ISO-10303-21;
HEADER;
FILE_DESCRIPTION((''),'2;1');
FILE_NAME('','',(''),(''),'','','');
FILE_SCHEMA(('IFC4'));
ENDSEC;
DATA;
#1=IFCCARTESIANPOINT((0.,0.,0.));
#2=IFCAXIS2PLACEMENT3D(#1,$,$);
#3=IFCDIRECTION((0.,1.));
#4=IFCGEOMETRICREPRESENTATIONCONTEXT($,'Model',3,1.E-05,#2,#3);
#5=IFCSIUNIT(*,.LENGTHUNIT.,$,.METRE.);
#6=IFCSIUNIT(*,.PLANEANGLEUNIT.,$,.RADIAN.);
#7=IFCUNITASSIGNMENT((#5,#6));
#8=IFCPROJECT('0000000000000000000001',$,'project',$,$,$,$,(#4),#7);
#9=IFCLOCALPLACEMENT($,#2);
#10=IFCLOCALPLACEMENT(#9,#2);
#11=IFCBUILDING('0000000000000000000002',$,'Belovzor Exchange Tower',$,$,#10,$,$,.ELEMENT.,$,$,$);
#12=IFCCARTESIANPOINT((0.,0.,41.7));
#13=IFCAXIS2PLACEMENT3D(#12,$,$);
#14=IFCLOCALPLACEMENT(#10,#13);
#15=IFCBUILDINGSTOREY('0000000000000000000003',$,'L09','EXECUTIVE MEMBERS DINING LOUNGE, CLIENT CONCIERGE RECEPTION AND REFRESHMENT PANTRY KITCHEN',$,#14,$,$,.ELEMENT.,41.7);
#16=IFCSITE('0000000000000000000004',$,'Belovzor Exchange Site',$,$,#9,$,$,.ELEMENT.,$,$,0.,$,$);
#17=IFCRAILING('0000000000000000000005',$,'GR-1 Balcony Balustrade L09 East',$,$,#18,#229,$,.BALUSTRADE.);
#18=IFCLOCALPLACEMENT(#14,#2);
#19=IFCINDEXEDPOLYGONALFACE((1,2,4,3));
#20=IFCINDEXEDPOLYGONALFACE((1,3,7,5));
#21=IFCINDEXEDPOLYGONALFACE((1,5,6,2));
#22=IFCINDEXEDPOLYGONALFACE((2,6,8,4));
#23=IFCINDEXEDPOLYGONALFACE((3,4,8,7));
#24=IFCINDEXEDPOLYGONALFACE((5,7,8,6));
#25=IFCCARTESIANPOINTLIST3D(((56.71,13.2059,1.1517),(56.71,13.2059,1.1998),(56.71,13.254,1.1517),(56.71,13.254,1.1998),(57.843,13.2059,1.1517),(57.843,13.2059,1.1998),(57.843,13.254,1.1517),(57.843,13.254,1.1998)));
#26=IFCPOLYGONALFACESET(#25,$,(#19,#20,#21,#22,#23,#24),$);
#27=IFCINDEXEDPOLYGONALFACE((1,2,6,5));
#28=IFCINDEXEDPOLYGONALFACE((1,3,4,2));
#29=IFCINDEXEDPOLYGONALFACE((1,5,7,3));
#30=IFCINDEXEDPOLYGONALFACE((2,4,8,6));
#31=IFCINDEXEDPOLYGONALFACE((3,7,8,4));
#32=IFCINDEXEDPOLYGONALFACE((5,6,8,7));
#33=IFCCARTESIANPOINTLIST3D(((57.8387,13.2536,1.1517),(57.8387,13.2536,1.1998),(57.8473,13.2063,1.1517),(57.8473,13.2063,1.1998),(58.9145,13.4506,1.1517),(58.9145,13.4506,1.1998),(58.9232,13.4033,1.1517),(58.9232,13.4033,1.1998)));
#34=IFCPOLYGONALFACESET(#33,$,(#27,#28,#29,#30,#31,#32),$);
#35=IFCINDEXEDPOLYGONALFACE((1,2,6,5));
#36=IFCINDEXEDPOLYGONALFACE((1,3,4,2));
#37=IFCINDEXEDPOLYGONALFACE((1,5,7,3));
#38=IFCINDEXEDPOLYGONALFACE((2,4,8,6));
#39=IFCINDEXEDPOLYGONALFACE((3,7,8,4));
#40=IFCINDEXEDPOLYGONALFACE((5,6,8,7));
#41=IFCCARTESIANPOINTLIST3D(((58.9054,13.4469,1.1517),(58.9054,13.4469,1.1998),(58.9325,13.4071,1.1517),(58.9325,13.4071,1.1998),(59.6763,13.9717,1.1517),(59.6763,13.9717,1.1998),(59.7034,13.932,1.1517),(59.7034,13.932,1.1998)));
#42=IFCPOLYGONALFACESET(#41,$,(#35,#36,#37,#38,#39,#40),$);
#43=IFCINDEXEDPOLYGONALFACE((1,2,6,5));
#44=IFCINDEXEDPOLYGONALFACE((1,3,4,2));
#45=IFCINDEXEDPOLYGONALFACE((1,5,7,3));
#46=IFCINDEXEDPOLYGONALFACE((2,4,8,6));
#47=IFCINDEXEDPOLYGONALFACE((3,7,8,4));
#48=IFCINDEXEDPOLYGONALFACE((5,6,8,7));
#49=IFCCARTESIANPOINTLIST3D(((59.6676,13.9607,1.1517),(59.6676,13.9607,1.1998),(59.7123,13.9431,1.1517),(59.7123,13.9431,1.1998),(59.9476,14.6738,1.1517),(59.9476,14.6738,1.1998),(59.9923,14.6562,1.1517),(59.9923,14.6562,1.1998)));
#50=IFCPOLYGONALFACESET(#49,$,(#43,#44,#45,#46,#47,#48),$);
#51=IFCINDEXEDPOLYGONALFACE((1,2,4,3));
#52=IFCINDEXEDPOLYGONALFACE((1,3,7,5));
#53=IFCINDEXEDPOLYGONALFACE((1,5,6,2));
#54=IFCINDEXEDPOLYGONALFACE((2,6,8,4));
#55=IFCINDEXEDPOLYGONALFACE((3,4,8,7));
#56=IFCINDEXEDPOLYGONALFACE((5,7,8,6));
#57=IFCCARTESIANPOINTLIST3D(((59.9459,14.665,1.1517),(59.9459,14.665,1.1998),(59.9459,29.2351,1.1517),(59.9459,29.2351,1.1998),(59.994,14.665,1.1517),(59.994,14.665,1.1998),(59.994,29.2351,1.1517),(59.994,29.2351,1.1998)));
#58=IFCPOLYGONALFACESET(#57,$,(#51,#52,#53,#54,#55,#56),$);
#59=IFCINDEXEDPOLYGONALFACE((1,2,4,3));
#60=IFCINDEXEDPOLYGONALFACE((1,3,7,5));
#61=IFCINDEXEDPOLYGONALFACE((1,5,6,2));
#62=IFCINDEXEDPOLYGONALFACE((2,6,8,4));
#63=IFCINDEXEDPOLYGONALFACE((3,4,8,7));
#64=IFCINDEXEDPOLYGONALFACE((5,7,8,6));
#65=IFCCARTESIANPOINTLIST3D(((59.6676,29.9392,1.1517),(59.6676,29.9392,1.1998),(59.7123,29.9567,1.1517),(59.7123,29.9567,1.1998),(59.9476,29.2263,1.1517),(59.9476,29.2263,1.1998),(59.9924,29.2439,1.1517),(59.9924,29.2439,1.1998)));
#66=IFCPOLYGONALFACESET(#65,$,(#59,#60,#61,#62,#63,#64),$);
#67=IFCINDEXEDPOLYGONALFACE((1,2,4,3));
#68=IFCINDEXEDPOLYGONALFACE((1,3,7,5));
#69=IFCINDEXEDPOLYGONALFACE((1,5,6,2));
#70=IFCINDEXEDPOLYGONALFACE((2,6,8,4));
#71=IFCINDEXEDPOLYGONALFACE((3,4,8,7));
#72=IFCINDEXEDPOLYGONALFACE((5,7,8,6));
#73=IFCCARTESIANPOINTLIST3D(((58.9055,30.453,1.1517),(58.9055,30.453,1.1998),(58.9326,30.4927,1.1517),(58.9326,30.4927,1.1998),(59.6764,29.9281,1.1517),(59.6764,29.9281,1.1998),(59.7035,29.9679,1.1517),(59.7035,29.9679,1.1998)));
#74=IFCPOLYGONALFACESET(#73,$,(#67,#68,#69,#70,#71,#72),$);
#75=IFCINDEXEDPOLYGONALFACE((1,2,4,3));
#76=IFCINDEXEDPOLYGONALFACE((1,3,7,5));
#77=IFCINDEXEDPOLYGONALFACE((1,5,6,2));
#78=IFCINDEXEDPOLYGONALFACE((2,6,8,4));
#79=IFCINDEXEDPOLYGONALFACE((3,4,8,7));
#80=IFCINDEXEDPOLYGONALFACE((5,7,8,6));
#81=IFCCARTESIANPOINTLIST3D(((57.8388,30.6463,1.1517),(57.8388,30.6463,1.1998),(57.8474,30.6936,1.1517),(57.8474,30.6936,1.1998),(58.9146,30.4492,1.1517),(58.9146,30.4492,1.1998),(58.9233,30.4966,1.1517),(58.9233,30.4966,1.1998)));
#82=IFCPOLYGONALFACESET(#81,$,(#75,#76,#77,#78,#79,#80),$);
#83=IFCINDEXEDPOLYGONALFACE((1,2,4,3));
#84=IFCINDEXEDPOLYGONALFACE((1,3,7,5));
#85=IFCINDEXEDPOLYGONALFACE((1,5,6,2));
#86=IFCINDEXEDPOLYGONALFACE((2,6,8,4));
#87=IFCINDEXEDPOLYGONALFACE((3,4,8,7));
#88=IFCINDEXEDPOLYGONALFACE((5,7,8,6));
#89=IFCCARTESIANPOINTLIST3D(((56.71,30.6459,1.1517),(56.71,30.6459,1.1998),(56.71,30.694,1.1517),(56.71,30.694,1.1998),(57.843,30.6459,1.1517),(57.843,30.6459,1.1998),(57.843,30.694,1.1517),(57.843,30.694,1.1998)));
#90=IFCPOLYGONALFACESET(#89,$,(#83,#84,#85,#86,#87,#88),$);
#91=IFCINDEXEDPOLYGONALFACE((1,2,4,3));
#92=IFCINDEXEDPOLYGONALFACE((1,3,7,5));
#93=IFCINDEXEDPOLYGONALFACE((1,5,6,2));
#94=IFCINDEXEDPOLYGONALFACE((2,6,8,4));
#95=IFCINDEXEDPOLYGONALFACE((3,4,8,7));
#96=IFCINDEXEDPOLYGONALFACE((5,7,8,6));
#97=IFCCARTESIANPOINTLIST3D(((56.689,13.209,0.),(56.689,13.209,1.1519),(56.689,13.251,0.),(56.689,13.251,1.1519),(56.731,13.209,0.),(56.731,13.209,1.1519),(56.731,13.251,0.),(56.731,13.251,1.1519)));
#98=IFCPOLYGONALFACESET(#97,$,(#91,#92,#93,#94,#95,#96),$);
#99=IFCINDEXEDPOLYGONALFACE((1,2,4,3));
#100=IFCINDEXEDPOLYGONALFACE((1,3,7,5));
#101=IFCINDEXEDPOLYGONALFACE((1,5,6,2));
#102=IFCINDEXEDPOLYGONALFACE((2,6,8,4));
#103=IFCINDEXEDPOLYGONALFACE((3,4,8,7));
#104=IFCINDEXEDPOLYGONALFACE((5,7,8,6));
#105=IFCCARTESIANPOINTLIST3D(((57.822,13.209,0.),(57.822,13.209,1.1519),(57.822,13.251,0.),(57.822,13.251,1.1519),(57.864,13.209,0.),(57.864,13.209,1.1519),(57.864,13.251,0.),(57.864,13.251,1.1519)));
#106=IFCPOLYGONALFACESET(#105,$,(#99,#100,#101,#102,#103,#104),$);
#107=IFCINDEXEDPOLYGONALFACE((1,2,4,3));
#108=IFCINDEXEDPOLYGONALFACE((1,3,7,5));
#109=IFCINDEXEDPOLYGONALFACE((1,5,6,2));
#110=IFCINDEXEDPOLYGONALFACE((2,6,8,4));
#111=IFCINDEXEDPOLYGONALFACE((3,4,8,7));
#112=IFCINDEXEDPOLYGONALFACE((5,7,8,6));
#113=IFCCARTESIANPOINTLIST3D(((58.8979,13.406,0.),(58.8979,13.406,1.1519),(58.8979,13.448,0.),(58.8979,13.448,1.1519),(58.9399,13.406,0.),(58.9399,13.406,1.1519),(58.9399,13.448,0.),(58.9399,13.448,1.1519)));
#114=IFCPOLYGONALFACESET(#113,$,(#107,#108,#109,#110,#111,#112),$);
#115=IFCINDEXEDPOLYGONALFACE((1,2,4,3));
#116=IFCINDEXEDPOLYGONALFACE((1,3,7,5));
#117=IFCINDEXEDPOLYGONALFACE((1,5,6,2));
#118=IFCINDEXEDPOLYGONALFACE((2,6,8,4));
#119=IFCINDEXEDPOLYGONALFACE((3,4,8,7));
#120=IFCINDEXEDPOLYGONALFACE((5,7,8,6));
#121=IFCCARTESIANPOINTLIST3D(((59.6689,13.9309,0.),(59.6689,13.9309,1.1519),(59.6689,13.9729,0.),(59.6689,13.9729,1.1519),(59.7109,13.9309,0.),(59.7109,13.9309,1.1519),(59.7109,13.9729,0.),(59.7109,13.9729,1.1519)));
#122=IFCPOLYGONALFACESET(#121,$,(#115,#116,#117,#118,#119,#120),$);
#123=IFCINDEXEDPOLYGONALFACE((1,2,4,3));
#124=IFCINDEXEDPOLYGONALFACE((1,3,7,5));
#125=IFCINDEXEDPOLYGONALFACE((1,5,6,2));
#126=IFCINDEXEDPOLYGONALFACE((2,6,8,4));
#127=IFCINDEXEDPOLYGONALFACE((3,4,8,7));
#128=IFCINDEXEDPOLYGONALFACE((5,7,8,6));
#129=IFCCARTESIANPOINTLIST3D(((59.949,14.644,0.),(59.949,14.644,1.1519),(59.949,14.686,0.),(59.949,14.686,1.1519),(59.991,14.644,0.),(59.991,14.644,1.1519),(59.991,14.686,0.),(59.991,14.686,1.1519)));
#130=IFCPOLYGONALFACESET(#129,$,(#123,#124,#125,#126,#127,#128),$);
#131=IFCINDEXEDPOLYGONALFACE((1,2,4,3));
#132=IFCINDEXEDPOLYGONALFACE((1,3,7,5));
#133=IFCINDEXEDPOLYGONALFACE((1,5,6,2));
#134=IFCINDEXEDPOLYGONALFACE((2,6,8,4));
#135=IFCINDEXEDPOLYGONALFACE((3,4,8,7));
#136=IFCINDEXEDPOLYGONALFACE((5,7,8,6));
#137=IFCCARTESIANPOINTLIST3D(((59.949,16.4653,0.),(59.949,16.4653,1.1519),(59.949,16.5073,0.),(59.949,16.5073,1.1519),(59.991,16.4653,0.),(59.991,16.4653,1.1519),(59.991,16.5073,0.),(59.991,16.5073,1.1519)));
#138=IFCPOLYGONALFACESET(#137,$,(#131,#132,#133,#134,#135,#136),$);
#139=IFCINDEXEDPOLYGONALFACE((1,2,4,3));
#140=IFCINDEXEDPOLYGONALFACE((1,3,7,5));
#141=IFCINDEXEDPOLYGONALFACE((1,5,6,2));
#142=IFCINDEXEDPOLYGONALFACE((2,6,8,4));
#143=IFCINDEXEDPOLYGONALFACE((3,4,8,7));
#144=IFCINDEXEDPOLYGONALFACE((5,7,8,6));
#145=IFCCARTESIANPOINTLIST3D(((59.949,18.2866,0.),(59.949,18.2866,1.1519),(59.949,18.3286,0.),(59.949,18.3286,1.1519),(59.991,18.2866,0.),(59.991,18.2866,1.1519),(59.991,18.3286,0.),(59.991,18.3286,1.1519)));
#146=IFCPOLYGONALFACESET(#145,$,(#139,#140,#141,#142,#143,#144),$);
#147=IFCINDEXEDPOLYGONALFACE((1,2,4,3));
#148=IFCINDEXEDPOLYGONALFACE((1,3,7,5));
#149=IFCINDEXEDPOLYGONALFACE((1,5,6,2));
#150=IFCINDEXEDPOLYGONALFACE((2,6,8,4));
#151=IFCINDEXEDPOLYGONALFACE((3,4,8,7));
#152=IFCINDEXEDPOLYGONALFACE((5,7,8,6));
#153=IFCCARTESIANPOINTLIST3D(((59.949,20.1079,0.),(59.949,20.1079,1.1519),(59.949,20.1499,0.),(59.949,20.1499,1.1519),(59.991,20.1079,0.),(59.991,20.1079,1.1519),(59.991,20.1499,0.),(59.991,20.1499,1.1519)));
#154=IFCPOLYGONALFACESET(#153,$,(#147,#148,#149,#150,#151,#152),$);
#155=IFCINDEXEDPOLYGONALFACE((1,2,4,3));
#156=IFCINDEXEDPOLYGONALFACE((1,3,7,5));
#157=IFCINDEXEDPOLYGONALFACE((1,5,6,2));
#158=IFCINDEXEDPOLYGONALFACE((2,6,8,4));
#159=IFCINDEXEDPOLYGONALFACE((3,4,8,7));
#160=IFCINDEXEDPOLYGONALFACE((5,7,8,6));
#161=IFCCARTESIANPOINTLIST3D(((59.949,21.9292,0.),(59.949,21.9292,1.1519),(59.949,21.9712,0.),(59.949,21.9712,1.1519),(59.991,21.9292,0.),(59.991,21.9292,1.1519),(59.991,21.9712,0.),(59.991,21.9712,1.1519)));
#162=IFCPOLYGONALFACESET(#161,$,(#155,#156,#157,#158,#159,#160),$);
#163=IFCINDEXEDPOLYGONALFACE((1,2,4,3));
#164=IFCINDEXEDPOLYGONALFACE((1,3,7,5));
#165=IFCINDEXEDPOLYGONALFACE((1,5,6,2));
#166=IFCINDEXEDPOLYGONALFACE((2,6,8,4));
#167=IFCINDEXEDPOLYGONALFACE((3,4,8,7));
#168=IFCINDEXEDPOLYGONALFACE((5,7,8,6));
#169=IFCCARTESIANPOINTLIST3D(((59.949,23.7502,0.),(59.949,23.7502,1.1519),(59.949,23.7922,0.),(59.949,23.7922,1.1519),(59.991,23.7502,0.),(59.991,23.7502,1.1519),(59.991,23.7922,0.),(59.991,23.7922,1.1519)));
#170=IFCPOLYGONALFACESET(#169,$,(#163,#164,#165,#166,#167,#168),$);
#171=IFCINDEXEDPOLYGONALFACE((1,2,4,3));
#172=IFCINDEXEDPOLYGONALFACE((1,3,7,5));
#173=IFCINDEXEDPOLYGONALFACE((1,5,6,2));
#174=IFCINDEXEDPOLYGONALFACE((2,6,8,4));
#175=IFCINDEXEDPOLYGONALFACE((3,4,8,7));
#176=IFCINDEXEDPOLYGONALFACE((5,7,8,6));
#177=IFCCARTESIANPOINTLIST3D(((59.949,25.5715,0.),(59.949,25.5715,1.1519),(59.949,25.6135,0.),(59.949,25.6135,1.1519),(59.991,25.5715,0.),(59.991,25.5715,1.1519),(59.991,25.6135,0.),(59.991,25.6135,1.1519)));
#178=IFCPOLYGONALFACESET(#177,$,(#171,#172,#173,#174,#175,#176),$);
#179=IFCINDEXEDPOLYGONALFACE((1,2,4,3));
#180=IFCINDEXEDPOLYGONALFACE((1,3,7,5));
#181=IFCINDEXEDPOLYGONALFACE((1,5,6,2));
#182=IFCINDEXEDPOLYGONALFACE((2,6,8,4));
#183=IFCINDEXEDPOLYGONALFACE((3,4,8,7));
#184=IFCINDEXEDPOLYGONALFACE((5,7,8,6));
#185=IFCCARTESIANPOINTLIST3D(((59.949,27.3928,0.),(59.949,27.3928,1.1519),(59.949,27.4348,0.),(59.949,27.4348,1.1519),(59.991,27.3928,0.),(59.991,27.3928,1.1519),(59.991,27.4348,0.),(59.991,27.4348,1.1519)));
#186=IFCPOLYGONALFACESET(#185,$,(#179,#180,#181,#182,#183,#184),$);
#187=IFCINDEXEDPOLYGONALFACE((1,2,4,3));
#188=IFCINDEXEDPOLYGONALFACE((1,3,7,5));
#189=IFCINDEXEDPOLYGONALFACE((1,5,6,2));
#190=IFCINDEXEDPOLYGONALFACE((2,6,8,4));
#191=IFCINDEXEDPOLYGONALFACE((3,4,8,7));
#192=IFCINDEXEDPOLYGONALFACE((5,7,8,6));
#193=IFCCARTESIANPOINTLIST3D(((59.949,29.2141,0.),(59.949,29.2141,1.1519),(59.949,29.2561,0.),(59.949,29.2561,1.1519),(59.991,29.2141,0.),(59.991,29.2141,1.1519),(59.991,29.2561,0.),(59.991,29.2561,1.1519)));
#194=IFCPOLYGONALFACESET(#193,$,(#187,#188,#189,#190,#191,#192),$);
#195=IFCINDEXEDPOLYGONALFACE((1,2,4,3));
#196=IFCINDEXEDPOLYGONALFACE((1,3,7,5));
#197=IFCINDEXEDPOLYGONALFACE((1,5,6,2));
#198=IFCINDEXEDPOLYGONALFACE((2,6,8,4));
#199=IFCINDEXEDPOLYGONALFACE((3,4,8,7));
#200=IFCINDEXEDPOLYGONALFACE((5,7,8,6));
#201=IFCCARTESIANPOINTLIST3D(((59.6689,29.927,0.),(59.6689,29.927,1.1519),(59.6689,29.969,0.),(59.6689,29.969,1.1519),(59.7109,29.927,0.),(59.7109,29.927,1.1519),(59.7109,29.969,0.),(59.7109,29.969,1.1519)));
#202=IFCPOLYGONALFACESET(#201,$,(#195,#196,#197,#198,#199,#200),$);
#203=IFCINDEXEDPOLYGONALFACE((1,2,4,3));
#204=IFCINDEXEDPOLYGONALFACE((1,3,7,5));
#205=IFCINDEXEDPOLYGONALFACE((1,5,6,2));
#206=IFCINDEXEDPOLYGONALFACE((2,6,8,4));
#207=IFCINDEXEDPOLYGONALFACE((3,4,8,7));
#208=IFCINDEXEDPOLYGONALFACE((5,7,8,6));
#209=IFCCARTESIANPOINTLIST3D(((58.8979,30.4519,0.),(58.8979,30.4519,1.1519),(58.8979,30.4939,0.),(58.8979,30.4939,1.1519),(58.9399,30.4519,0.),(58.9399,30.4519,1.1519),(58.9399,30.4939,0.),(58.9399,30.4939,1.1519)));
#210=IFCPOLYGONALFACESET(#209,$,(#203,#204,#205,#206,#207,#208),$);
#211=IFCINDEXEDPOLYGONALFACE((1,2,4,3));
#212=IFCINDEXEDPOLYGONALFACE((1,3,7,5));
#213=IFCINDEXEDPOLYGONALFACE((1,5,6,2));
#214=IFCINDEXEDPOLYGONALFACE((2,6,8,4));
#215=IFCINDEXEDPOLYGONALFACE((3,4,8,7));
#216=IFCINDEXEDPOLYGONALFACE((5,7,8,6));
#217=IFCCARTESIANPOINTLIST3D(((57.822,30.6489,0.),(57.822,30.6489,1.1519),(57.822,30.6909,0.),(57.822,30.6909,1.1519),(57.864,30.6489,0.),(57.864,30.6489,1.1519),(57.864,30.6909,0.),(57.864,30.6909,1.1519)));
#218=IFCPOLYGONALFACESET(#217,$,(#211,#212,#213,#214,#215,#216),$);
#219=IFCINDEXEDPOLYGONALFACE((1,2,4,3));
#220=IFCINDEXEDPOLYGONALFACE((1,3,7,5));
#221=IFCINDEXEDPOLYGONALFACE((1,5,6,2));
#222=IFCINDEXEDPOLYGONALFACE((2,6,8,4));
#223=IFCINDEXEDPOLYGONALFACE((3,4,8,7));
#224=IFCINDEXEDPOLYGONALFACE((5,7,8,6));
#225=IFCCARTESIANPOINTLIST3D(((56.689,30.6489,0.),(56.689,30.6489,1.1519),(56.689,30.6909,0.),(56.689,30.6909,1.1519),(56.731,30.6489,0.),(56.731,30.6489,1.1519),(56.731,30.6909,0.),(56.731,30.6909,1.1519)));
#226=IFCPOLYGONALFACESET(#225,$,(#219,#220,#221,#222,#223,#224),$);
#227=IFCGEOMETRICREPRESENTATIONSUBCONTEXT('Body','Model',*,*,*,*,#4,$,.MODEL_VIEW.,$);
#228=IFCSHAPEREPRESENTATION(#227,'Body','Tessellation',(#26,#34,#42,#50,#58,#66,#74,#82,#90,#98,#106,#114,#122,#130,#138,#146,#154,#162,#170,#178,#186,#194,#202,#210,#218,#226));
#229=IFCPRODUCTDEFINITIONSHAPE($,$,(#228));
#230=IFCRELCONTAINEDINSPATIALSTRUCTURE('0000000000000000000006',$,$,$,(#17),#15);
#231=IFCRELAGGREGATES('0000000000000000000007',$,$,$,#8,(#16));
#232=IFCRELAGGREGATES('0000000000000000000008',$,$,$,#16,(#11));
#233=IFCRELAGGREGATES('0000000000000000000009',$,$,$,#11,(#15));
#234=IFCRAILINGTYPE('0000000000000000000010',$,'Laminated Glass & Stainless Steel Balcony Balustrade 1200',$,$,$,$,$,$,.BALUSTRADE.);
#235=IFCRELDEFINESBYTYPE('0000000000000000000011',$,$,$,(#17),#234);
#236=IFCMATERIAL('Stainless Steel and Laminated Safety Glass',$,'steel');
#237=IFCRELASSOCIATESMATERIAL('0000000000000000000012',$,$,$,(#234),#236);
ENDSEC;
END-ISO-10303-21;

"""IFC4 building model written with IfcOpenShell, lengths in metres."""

from ifc_helpers import new_model, si_unit, direction, frame, origin, origin_2d, place, context, subcontext, project, spatial, rectangle, extrude, material, type_object, element, save


model = new_model("IFC4")

# Units and contexts
model_context = context("Model", 3, precision=1e-05, world=origin(), true_north=direction((0.0, 1.0)))
body_context = subcontext(model_context, "Body", "Model", "MODEL_VIEW")
ifc_project = project(units=[si_unit("LENGTHUNIT", "METRE"), si_unit("PLANEANGLEUNIT", "RADIAN")], contexts=[model_context])

# Site, building, storey
site_placement = place(None, origin())
site = spatial("IfcSite", under=ifc_project, at=site_placement, Name="Belovzor Exchange Site", CompositionType="ELEMENT", RefElevation=0.0)
building_placement = place(site_placement, origin())
building = spatial("IfcBuilding", under=site, at=building_placement, Name="Belovzor Exchange Tower", CompositionType="ELEMENT")
storey_placement = place(building_placement, frame((0.0, 0.0, 41.7)))
storey = spatial("IfcBuildingStorey", under=building, at=storey_placement, Name="L09", Description="EXECUTIVE MEMBERS DINING LOUNGE, CLIENT CONCIERGE RECEPTION AND REFRESHMENT PANTRY KITCHEN", CompositionType="ELEMENT", Elevation=41.7)

# Railing
ifc_material_1 = material(Name="Stainless Steel and Laminated Safety Glass", Category="steel")
railing_type = type_object("IfcRailingType", Name="Laminated Glass & Stainless Steel Balcony Balustrade 1200", PredefinedType="BALUSTRADE", material=ifc_material_1)
railing_placement = place(storey_placement, frame((56.71, 13.23, 0.0)))
element("IfcRailing", 1, at=railing_placement, inside=storey, type_object=railing_type, Name="GR-1 Balcony Balustrade L09 East", PredefinedType="BALUSTRADE", context=body_context, shape_type="SweptSolid", body=[
    extrude(rectangle(XDim=0.0481, YDim=0.0481, at=origin_2d()), frame((0.0, 0.0, 1.1758), z_axis=(1.0, 0.0, 0.0), x_axis=(0.0, 1.0, 0.0)), (0.0, 0.0, 1.0), 1.1331),
    extrude(rectangle(XDim=0.0481, YDim=0.0481, at=origin_2d()), frame((1.1331, 0.0, 1.1758), z_axis=(0.983644, 0.180123, 0.0), x_axis=(-0.180123, 0.983644, 0.0)), (0.0, 0.0, 1.0), 1.0938),
    extrude(rectangle(XDim=0.0481, YDim=0.0481, at=origin_2d()), frame((2.209, 0.197, 1.1758), z_axis=(0.826615, 0.562768, 0.0), x_axis=(-0.562768, 0.826615, 0.0)), (0.0, 0.0, 1.0), 0.9326),
    extrude(rectangle(XDim=0.0481, YDim=0.0481, at=origin_2d()), frame((2.98, 0.7219, 1.1758), z_axis=(0.365504, 0.93081, 0.0), x_axis=(-0.93081, 0.365504, 0.0)), (0.0, 0.0, 1.0), 0.7661),
    extrude(rectangle(XDim=0.0481, YDim=0.0481, at=origin_2d()), frame((3.26, 1.4351, 1.1758), z_axis=(0.0, 1.0, 0.0), x_axis=(-1.0, 0.0, 0.0)), (0.0, 0.0, 1.0), 14.5701),
    extrude(rectangle(XDim=0.0481, YDim=0.0481, at=origin_2d()), frame((3.26, 16.0051, 1.1758), z_axis=(-0.365613, 0.930767, 0.0), x_axis=(-0.930767, -0.365613, 0.0)), (0.0, 0.0, 1.0), 0.7659),
    extrude(rectangle(XDim=0.0481, YDim=0.0481, at=origin_2d()), frame((2.98, 16.718, 1.1758), z_axis=(-0.826615, 0.562768, 0.0), x_axis=(-0.562768, -0.826615, 0.0)), (0.0, 0.0, 1.0), 0.9326),
    extrude(rectangle(XDim=0.0481, YDim=0.0481, at=origin_2d()), frame((2.209, 17.2429, 1.1758), z_axis=(-0.983644, 0.180123, 0.0), x_axis=(-0.180123, -0.983644, 0.0)), (0.0, 0.0, 1.0), 1.0938),
    extrude(rectangle(XDim=0.0481, YDim=0.0481, at=origin_2d()), frame((1.1331, 17.4399, 1.1758), z_axis=(-1.0, 0.0, 0.0), x_axis=(0.0, -1.0, 0.0)), (0.0, 0.0, 1.0), 1.1331),
    extrude(rectangle(XDim=0.042, YDim=0.042, at=origin_2d()), origin(), (0.0, 0.0, 1.0), 1.1519),
    extrude(rectangle(XDim=0.042, YDim=0.042, at=origin_2d()), frame((1.1331, 0.0, 0.0)), (0.0, 0.0, 1.0), 1.1519),
    extrude(rectangle(XDim=0.042, YDim=0.042, at=origin_2d()), frame((2.209, 0.197, 0.0)), (0.0, 0.0, 1.0), 1.1519),
    extrude(rectangle(XDim=0.042, YDim=0.042, at=origin_2d()), frame((2.98, 0.7219, 0.0)), (0.0, 0.0, 1.0), 1.1519),
    extrude(rectangle(XDim=0.042, YDim=0.042, at=origin_2d()), frame((3.26, 1.4351, 0.0)), (0.0, 0.0, 1.0), 1.1519),
    extrude(rectangle(XDim=0.042, YDim=0.042, at=origin_2d()), frame((3.26, 3.2563, 0.0)), (0.0, 0.0, 1.0), 1.1519),
    extrude(rectangle(XDim=0.042, YDim=0.042, at=origin_2d()), frame((3.26, 5.0776, 0.0)), (0.0, 0.0, 1.0), 1.1519),
    extrude(rectangle(XDim=0.042, YDim=0.042, at=origin_2d()), frame((3.26, 6.8989, 0.0)), (0.0, 0.0, 1.0), 1.1519),
    extrude(rectangle(XDim=0.042, YDim=0.042, at=origin_2d()), frame((3.26, 8.7202, 0.0)), (0.0, 0.0, 1.0), 1.1519),
    extrude(rectangle(XDim=0.042, YDim=0.042, at=origin_2d()), frame((3.26, 10.5413, 0.0)), (0.0, 0.0, 1.0), 1.1519),
    extrude(rectangle(XDim=0.042, YDim=0.042, at=origin_2d()), frame((3.26, 12.3625, 0.0)), (0.0, 0.0, 1.0), 1.1519),
    extrude(rectangle(XDim=0.042, YDim=0.042, at=origin_2d()), frame((3.26, 14.1838, 0.0)), (0.0, 0.0, 1.0), 1.1519),
    extrude(rectangle(XDim=0.042, YDim=0.042, at=origin_2d()), frame((3.26, 16.0051, 0.0)), (0.0, 0.0, 1.0), 1.1519),
    extrude(rectangle(XDim=0.042, YDim=0.042, at=origin_2d()), frame((2.98, 16.718, 0.0)), (0.0, 0.0, 1.0), 1.1519),
    extrude(rectangle(XDim=0.042, YDim=0.042, at=origin_2d()), frame((2.209, 17.2429, 0.0)), (0.0, 0.0, 1.0), 1.1519),
    extrude(rectangle(XDim=0.042, YDim=0.042, at=origin_2d()), frame((1.1331, 17.4399, 0.0)), (0.0, 0.0, 1.0), 1.1519),
    extrude(rectangle(XDim=0.042, YDim=0.042, at=origin_2d()), frame((0.0, 17.4399, 0.0)), (0.0, 0.0, 1.0), 1.1519),
])

save(model, "model.ifc")
